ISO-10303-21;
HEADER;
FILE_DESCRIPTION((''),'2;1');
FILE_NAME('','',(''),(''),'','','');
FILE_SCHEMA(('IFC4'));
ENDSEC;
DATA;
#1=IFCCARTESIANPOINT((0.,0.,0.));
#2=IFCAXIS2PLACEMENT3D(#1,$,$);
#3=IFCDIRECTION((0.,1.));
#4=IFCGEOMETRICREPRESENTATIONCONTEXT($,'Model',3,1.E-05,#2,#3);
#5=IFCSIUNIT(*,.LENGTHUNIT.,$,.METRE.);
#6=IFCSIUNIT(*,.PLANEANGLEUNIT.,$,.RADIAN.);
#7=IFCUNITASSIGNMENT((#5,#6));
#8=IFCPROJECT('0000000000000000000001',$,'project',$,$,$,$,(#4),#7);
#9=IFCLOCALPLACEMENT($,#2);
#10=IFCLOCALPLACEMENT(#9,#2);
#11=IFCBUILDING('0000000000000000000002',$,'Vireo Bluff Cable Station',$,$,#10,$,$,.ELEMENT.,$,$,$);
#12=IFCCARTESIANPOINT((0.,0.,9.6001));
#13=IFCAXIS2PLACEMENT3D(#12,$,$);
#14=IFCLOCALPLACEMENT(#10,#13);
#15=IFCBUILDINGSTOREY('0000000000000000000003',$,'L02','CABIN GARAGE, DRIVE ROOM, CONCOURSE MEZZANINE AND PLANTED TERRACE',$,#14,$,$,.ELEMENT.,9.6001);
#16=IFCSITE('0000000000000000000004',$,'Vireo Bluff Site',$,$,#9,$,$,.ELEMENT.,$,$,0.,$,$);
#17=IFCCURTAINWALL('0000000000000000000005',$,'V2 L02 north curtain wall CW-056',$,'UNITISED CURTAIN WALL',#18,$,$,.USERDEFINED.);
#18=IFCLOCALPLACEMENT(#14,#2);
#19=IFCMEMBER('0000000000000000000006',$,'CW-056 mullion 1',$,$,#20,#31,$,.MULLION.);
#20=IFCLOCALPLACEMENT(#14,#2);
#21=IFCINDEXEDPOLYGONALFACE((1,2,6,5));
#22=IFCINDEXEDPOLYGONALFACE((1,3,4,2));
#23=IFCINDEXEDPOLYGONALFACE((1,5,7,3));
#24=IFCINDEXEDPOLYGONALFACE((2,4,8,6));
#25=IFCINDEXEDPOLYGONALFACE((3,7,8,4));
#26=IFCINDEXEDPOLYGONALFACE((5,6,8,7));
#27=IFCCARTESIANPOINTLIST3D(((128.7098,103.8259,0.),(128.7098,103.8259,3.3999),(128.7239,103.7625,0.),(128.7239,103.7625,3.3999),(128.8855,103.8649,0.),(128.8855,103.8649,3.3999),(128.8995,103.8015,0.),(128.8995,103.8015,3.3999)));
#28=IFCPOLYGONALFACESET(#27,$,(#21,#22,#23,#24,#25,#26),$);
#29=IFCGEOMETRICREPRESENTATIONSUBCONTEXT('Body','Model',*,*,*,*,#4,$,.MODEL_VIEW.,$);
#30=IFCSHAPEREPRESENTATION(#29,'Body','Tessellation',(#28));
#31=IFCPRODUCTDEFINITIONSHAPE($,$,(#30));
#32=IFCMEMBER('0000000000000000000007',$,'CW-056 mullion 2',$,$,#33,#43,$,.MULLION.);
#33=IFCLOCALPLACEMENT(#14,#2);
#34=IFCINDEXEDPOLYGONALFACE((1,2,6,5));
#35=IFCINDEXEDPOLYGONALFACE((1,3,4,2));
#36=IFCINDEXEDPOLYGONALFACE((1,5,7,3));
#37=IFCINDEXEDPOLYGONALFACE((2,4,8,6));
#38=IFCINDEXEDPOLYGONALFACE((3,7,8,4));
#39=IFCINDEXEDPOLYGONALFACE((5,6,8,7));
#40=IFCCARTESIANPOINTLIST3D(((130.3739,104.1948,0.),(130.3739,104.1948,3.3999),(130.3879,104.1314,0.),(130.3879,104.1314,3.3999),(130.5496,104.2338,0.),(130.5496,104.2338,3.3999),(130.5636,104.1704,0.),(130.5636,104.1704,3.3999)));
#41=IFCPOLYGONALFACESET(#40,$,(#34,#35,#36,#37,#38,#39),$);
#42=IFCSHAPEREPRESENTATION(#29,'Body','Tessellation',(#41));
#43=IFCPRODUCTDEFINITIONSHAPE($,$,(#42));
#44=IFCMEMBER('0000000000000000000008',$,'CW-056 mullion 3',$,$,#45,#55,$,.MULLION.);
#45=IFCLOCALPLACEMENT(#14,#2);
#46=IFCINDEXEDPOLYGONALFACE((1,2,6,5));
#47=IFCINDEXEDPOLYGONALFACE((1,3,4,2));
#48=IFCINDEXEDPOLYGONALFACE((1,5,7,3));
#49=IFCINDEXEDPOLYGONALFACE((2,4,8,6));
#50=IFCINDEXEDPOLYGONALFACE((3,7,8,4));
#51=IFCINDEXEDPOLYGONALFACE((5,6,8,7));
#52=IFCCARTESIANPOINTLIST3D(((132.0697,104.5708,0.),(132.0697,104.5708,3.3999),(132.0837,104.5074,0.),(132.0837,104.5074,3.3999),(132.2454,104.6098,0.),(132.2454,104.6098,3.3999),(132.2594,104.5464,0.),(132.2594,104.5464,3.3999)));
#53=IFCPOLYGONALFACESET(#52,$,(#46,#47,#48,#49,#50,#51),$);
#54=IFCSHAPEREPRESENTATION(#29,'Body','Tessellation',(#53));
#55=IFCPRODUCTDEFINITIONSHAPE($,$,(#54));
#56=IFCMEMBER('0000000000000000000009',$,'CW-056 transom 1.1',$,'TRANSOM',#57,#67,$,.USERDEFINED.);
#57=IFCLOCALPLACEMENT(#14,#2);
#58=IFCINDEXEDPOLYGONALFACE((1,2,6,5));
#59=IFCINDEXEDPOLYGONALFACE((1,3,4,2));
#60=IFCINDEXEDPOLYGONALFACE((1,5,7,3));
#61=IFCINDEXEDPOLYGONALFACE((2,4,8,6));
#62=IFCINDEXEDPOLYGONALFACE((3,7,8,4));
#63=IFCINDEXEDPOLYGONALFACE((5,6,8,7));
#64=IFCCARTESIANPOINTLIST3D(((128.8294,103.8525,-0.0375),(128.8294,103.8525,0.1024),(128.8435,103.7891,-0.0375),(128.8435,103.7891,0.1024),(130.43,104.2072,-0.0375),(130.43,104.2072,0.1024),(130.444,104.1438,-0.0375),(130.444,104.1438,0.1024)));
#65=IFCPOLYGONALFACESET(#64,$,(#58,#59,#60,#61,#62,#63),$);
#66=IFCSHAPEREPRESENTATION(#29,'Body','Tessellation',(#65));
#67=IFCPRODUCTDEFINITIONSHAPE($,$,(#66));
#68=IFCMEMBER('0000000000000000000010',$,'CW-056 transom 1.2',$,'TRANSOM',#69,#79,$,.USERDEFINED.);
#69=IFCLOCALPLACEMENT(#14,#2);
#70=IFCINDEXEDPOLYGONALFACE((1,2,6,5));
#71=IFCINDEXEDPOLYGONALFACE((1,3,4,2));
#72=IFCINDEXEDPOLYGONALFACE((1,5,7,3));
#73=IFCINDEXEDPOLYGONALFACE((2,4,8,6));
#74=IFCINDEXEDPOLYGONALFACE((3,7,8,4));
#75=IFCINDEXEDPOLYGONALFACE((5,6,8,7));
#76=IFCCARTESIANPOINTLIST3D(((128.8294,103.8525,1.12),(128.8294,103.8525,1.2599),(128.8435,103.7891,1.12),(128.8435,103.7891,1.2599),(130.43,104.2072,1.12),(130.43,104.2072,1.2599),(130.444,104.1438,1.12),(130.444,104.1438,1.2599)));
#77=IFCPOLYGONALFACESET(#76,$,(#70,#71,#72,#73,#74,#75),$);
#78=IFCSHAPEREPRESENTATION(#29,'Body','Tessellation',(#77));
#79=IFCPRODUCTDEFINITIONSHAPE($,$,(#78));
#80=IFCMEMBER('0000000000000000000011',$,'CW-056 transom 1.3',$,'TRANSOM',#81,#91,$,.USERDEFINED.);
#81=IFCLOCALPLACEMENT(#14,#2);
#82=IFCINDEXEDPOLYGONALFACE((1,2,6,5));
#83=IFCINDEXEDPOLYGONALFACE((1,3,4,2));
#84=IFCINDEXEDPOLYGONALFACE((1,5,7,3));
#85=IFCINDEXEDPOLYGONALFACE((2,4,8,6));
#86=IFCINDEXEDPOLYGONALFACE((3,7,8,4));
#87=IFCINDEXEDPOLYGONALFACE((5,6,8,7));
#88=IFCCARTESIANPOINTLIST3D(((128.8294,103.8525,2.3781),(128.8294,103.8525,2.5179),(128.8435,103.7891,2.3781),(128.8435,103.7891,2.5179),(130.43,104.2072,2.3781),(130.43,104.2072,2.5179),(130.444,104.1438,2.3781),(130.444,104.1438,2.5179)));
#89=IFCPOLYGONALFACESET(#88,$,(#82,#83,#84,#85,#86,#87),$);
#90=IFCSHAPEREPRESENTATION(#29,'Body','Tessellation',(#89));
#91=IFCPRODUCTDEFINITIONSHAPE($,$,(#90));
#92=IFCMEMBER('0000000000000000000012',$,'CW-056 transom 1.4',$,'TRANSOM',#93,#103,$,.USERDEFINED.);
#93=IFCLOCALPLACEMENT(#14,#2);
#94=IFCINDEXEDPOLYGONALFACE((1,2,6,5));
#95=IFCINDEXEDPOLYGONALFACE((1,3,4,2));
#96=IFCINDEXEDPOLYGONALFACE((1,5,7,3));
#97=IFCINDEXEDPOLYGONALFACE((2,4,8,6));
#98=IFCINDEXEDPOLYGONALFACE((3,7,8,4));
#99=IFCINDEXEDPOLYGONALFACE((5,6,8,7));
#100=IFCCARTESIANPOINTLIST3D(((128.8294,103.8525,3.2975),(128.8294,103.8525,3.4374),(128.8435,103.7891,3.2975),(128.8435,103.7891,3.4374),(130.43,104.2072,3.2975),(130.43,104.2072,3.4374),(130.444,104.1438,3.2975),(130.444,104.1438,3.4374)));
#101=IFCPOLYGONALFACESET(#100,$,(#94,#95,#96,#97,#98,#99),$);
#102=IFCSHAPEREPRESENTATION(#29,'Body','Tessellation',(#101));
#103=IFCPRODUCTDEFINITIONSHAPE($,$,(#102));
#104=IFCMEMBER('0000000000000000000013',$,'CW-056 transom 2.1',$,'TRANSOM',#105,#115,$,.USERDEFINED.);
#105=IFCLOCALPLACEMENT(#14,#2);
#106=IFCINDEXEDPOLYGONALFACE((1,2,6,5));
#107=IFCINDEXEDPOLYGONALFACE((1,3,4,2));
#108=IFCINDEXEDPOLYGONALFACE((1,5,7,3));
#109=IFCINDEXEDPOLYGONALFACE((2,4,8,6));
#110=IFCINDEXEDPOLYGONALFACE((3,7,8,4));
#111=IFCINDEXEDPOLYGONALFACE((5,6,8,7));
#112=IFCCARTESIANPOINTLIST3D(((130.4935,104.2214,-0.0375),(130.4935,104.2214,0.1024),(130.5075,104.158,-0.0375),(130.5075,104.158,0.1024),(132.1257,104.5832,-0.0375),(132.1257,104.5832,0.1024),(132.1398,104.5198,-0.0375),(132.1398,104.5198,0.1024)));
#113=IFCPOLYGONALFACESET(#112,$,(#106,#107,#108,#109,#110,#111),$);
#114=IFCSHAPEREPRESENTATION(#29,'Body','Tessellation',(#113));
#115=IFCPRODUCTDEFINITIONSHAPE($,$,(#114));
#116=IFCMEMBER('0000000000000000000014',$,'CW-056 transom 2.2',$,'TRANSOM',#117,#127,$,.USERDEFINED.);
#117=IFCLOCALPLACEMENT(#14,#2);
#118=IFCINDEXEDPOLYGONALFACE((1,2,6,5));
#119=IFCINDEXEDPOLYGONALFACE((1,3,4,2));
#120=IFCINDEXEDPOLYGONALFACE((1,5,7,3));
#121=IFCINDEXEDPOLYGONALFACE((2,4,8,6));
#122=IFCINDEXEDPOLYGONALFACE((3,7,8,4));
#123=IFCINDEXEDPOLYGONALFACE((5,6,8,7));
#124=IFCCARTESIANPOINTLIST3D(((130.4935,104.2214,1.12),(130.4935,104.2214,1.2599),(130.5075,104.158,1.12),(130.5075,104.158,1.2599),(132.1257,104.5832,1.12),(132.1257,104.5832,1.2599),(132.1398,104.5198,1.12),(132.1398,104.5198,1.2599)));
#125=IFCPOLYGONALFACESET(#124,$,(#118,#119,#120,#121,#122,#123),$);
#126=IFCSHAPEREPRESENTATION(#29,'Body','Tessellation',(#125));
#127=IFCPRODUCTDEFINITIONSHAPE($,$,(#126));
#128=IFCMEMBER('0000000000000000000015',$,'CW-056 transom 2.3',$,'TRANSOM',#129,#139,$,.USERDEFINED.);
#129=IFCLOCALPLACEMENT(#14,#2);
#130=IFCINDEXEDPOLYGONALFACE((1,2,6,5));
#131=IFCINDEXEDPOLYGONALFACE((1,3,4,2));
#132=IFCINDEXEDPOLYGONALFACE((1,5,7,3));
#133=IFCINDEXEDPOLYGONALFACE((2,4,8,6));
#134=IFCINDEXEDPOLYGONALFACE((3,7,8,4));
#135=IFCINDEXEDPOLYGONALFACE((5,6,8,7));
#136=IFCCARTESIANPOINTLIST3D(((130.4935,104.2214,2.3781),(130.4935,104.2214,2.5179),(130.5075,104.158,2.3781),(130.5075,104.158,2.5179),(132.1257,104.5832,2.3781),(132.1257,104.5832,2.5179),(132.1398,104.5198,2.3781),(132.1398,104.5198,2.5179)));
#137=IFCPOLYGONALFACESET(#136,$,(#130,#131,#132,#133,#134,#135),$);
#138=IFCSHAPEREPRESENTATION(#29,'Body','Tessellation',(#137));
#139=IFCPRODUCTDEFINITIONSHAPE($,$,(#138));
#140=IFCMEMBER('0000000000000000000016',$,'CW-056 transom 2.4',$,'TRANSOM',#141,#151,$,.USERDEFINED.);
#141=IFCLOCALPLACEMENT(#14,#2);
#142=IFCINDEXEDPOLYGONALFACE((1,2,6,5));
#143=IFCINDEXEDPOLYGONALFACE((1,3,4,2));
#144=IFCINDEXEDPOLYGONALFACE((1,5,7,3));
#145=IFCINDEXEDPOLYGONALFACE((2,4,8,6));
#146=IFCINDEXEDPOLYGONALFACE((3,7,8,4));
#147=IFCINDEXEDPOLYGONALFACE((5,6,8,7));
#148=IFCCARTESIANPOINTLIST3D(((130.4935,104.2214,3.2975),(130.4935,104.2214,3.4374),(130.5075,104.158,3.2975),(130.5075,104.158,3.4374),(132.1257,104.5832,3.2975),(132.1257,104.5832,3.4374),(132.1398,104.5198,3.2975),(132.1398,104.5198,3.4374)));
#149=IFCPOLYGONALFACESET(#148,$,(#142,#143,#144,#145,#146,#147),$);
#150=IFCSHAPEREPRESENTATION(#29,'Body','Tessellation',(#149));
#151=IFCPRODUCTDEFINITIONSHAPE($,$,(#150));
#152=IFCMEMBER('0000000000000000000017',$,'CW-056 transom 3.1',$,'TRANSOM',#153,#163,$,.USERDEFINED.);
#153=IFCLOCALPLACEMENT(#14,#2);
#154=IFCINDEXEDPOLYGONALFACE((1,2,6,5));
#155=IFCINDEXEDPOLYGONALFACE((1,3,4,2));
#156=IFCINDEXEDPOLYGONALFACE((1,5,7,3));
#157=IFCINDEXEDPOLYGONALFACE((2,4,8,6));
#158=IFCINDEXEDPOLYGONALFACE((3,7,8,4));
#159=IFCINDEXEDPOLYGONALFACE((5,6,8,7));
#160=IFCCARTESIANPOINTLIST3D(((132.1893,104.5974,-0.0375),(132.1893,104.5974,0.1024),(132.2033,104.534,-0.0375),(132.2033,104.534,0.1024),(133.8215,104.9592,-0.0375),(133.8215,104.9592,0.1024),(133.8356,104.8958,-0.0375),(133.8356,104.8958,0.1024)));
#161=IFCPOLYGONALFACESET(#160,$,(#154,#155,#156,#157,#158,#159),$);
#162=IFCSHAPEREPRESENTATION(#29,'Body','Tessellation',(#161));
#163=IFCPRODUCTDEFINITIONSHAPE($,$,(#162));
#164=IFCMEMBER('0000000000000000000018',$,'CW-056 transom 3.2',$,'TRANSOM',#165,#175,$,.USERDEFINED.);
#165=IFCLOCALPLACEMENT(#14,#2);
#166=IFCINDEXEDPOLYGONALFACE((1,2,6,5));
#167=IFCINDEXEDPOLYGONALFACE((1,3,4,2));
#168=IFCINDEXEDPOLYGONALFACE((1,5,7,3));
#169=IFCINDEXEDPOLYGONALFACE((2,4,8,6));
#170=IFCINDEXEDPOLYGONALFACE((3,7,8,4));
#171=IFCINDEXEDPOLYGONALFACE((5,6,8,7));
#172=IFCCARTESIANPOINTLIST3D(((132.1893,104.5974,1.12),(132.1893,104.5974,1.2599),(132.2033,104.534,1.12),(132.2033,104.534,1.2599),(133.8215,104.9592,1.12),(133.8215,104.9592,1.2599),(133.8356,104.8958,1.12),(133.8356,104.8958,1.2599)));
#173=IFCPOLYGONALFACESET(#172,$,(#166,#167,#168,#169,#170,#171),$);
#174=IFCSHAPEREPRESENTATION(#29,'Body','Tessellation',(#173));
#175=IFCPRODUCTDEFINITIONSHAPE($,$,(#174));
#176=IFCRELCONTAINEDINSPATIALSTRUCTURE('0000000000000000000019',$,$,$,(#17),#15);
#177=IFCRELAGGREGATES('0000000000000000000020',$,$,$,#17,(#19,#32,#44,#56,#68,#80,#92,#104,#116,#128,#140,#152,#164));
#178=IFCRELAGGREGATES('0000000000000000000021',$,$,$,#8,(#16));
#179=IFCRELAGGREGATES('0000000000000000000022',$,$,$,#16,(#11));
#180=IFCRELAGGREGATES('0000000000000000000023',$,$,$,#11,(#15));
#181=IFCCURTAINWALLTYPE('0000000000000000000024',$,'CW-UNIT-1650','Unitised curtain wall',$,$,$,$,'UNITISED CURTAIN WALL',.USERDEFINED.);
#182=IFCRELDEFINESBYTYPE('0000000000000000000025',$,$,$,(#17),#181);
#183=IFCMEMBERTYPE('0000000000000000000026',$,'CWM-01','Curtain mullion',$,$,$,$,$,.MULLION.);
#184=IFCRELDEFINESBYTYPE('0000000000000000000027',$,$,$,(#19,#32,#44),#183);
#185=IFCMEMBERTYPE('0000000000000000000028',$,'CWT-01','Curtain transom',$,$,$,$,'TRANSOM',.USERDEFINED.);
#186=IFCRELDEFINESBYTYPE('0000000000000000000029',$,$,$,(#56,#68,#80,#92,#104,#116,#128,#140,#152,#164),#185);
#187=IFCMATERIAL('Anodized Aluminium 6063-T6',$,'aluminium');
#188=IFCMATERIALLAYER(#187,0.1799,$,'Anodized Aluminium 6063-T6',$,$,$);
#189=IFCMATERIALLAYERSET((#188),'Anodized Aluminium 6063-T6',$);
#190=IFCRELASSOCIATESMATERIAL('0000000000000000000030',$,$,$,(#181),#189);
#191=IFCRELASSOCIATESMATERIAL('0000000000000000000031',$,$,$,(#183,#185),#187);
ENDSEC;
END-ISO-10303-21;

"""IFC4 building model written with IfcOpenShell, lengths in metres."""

from ifc_helpers import new_model, si_unit, direction, frame, origin, origin_2d, place, context, subcontext, project, spatial, rectangle, extrude, material, layer, layer_set, material_profile, profile_set, type_object, element, aggregate, save


model = new_model("IFC4")

# Units and contexts
model_context = context("Model", 3, precision=1e-05, world=origin(), true_north=direction((0.0, 1.0)))
body_context = subcontext(model_context, "Body", "Model", "MODEL_VIEW")
ifc_project = project(units=[si_unit("LENGTHUNIT", "METRE"), si_unit("PLANEANGLEUNIT", "RADIAN")], contexts=[model_context])

# Site, building, storey
site_placement = place(None, origin())
site = spatial("IfcSite", under=ifc_project, at=site_placement, Name="Vireo Bluff Site", CompositionType="ELEMENT", RefElevation=0.0)
building_placement = place(site_placement, origin())
building = spatial("IfcBuilding", under=site, at=building_placement, Name="Vireo Bluff Cable Station", CompositionType="ELEMENT")
storey_placement = place(building_placement, frame((0.0, 0.0, 9.6001)))
storey = spatial("IfcBuildingStorey", under=building, at=storey_placement, Name="L02", Description="CABIN GARAGE, DRIVE ROOM, CONCOURSE MEZZANINE AND PLANTED TERRACE", CompositionType="ELEMENT", Elevation=9.6001)

# Curtain wall, members
ifc_material_1 = material(Name="Anodized Aluminium 6063-T6", Category="aluminium")
ifc_layer_1 = layer(ifc_material_1, 0.1799, Name="Anodized Aluminium 6063-T6")
ifc_layer_set_1 = layer_set([ifc_layer_1], Name="Anodized Aluminium 6063-T6")
curtain_wall_type = type_object("IfcCurtainWallType", Name="CW-UNIT-1650", Description="Unitised curtain wall", ElementType="UNITISED CURTAIN WALL", PredefinedType="USERDEFINED", material=ifc_layer_set_1)
curtain_wall_placement = place(storey_placement, origin())
curtain_wall = element("IfcCurtainWall", 1, at=curtain_wall_placement, inside=storey, type_object=curtain_wall_type, Name="V2 L02 north curtain wall CW-056", ObjectType="UNITISED CURTAIN WALL", PredefinedType="USERDEFINED")
ifc_material_profile_1 = material_profile(ifc_material_1, rectangle(XDim=0.0649, YDim=0.1799, at=origin_2d()), Name="ALU-M-65X180")
ifc_profile_set_1 = profile_set([ifc_material_profile_1], Name="Anodized Aluminium 6063-T6")
member_type_1 = type_object("IfcMemberType", Name="CWM-01", Description="Curtain mullion", PredefinedType="MULLION", material=ifc_profile_set_1)
member_1_placement = place(storey_placement, frame((128.8047, 103.8137, 0.0), z_axis=(0.0, 0.0, 1.0), x_axis=(-0.21644, 0.976296, 0.0)))
member_1 = element("IfcMember", 2, at=member_1_placement, type_object=member_type_1, Name="CW-056 mullion 1", PredefinedType="MULLION", context=body_context, shape_type="SweptSolid", body=[
    extrude(rectangle(XDim=0.0649, YDim=0.1799, at=origin_2d()), origin(), (0.0, 0.0, 1.0), 3.3999),
])
member_2_placement = place(storey_placement, frame((130.4688, 104.1826, 0.0), z_axis=(0.0, 0.0, 1.0), x_axis=(-0.21644, 0.976296, 0.0)))
member_2 = element("IfcMember", 3, at=member_2_placement, type_object=member_type_1, Name="CW-056 mullion 2", PredefinedType="MULLION", context=body_context, shape_type="SweptSolid", body=[
    extrude(rectangle(XDim=0.0649, YDim=0.1799, at=origin_2d()), origin(), (0.0, 0.0, 1.0), 3.3999),
])
member_3_placement = place(storey_placement, frame((132.1646, 104.5586, 0.0), z_axis=(0.0, 0.0, 1.0), x_axis=(-0.21644, 0.976296, 0.0)))
member_3 = element("IfcMember", 4, at=member_3_placement, type_object=member_type_1, Name="CW-056 mullion 3", PredefinedType="MULLION", context=body_context, shape_type="SweptSolid", body=[
    extrude(rectangle(XDim=0.0649, YDim=0.1799, at=origin_2d()), origin(), (0.0, 0.0, 1.0), 3.3999),
])
ifc_material_profile_2 = material_profile(ifc_material_1, rectangle(XDim=0.0649, YDim=0.1399, at=origin_2d()), Name="ALU-T-65X140")
ifc_profile_set_2 = profile_set([ifc_material_profile_2], Name="Anodized Aluminium 6063-T6")
member_type_2 = type_object("IfcMemberType", Name="CWT-01", Description="Curtain transom", ElementType="TRANSOM", PredefinedType="USERDEFINED", material=ifc_profile_set_2)
member_4_placement = place(storey_placement, frame((128.8364, 103.8208, 0.0325), z_axis=(0.97631, 0.216379, 0.0), x_axis=(-0.216379, 0.97631, 0.0)))
member_4 = element("IfcMember", 5, at=member_4_placement, type_object=member_type_2, Name="CW-056 transom 1.1", ObjectType="TRANSOM", PredefinedType="USERDEFINED", context=body_context, shape_type="SweptSolid", body=[
    extrude(rectangle(XDim=0.0649, YDim=0.1399, at=origin_2d()), origin(), (0.0, 0.0, 1.0), 1.6394),
])
member_5_placement = place(storey_placement, frame((128.8364, 103.8208, 1.1899), z_axis=(0.97631, 0.216379, 0.0), x_axis=(-0.216379, 0.97631, 0.0)))
member_5 = element("IfcMember", 6, at=member_5_placement, type_object=member_type_2, Name="CW-056 transom 1.2", ObjectType="TRANSOM", PredefinedType="USERDEFINED", context=body_context, shape_type="SweptSolid", body=[
    extrude(rectangle(XDim=0.0649, YDim=0.1399, at=origin_2d()), origin(), (0.0, 0.0, 1.0), 1.6394),
])
member_6_placement = place(storey_placement, frame((128.8364, 103.8208, 2.448), z_axis=(0.97631, 0.216379, 0.0), x_axis=(-0.216379, 0.97631, 0.0)))
member_6 = element("IfcMember", 7, at=member_6_placement, type_object=member_type_2, Name="CW-056 transom 1.3", ObjectType="TRANSOM", PredefinedType="USERDEFINED", context=body_context, shape_type="SweptSolid", body=[
    extrude(rectangle(XDim=0.0649, YDim=0.1399, at=origin_2d()), origin(), (0.0, 0.0, 1.0), 1.6394),
])
member_7_placement = place(storey_placement, frame((128.8364, 103.8208, 3.3674), z_axis=(0.97631, 0.216379, 0.0), x_axis=(-0.216379, 0.97631, 0.0)))
member_7 = element("IfcMember", 8, at=member_7_placement, type_object=member_type_2, Name="CW-056 transom 1.4", ObjectType="TRANSOM", PredefinedType="USERDEFINED", context=body_context, shape_type="SweptSolid", body=[
    extrude(rectangle(XDim=0.0649, YDim=0.1399, at=origin_2d()), origin(), (0.0, 0.0, 1.0), 1.6394),
])
member_8_placement = place(storey_placement, frame((130.5005, 104.1897, 0.0325), z_axis=(0.976304, 0.216405, 0.0), x_axis=(-0.216405, 0.976304, 0.0)))
member_8 = element("IfcMember", 9, at=member_8_placement, type_object=member_type_2, Name="CW-056 transom 2.1", ObjectType="TRANSOM", PredefinedType="USERDEFINED", context=body_context, shape_type="SweptSolid", body=[
    extrude(rectangle(XDim=0.0649, YDim=0.1399, at=origin_2d()), origin(), (0.0, 0.0, 1.0), 1.6719),
])
member_9_placement = place(storey_placement, frame((130.5005, 104.1897, 1.1899), z_axis=(0.976304, 0.216405, 0.0), x_axis=(-0.216405, 0.976304, 0.0)))
member_9 = element("IfcMember", 10, at=member_9_placement, type_object=member_type_2, Name="CW-056 transom 2.2", ObjectType="TRANSOM", PredefinedType="USERDEFINED", context=body_context, shape_type="SweptSolid", body=[
    extrude(rectangle(XDim=0.0649, YDim=0.1399, at=origin_2d()), origin(), (0.0, 0.0, 1.0), 1.6719),
])
member_10_placement = place(storey_placement, frame((130.5005, 104.1897, 2.448), z_axis=(0.976304, 0.216405, 0.0), x_axis=(-0.216405, 0.976304, 0.0)))
member_10 = element("IfcMember", 11, at=member_10_placement, type_object=member_type_2, Name="CW-056 transom 2.3", ObjectType="TRANSOM", PredefinedType="USERDEFINED", context=body_context, shape_type="SweptSolid", body=[
    extrude(rectangle(XDim=0.0649, YDim=0.1399, at=origin_2d()), origin(), (0.0, 0.0, 1.0), 1.6719),
])
member_11_placement = place(storey_placement, frame((130.5005, 104.1897, 3.3674), z_axis=(0.976304, 0.216405, 0.0), x_axis=(-0.216405, 0.976304, 0.0)))
member_11 = element("IfcMember", 12, at=member_11_placement, type_object=member_type_2, Name="CW-056 transom 2.4", ObjectType="TRANSOM", PredefinedType="USERDEFINED", context=body_context, shape_type="SweptSolid", body=[
    extrude(rectangle(XDim=0.0649, YDim=0.1399, at=origin_2d()), origin(), (0.0, 0.0, 1.0), 1.6719),
])
member_12_placement = place(storey_placement, frame((132.1963, 104.5657, 0.0325), z_axis=(0.976304, 0.216405, 0.0), x_axis=(-0.216405, 0.976304, 0.0)))
member_12 = element("IfcMember", 13, at=member_12_placement, type_object=member_type_2, Name="CW-056 transom 3.1", ObjectType="TRANSOM", PredefinedType="USERDEFINED", context=body_context, shape_type="SweptSolid", body=[
    extrude(rectangle(XDim=0.0649, YDim=0.1399, at=origin_2d()), origin(), (0.0, 0.0, 1.0), 1.6719),
])
member_13_placement = place(storey_placement, frame((132.1963, 104.5657, 1.1899), z_axis=(0.976304, 0.216405, 0.0), x_axis=(-0.216405, 0.976304, 0.0)))
member_13 = element("IfcMember", 14, at=member_13_placement, type_object=member_type_2, Name="CW-056 transom 3.2", ObjectType="TRANSOM", PredefinedType="USERDEFINED", context=body_context, shape_type="SweptSolid", body=[
    extrude(rectangle(XDim=0.0649, YDim=0.1399, at=origin_2d()), origin(), (0.0, 0.0, 1.0), 1.6719),
])

aggregate(curtain_wall, [member_1, member_2, member_3, member_4, member_5, member_6, member_7, member_8, member_9, member_10, member_11, member_12, member_13])

save(model, "model.ifc")
